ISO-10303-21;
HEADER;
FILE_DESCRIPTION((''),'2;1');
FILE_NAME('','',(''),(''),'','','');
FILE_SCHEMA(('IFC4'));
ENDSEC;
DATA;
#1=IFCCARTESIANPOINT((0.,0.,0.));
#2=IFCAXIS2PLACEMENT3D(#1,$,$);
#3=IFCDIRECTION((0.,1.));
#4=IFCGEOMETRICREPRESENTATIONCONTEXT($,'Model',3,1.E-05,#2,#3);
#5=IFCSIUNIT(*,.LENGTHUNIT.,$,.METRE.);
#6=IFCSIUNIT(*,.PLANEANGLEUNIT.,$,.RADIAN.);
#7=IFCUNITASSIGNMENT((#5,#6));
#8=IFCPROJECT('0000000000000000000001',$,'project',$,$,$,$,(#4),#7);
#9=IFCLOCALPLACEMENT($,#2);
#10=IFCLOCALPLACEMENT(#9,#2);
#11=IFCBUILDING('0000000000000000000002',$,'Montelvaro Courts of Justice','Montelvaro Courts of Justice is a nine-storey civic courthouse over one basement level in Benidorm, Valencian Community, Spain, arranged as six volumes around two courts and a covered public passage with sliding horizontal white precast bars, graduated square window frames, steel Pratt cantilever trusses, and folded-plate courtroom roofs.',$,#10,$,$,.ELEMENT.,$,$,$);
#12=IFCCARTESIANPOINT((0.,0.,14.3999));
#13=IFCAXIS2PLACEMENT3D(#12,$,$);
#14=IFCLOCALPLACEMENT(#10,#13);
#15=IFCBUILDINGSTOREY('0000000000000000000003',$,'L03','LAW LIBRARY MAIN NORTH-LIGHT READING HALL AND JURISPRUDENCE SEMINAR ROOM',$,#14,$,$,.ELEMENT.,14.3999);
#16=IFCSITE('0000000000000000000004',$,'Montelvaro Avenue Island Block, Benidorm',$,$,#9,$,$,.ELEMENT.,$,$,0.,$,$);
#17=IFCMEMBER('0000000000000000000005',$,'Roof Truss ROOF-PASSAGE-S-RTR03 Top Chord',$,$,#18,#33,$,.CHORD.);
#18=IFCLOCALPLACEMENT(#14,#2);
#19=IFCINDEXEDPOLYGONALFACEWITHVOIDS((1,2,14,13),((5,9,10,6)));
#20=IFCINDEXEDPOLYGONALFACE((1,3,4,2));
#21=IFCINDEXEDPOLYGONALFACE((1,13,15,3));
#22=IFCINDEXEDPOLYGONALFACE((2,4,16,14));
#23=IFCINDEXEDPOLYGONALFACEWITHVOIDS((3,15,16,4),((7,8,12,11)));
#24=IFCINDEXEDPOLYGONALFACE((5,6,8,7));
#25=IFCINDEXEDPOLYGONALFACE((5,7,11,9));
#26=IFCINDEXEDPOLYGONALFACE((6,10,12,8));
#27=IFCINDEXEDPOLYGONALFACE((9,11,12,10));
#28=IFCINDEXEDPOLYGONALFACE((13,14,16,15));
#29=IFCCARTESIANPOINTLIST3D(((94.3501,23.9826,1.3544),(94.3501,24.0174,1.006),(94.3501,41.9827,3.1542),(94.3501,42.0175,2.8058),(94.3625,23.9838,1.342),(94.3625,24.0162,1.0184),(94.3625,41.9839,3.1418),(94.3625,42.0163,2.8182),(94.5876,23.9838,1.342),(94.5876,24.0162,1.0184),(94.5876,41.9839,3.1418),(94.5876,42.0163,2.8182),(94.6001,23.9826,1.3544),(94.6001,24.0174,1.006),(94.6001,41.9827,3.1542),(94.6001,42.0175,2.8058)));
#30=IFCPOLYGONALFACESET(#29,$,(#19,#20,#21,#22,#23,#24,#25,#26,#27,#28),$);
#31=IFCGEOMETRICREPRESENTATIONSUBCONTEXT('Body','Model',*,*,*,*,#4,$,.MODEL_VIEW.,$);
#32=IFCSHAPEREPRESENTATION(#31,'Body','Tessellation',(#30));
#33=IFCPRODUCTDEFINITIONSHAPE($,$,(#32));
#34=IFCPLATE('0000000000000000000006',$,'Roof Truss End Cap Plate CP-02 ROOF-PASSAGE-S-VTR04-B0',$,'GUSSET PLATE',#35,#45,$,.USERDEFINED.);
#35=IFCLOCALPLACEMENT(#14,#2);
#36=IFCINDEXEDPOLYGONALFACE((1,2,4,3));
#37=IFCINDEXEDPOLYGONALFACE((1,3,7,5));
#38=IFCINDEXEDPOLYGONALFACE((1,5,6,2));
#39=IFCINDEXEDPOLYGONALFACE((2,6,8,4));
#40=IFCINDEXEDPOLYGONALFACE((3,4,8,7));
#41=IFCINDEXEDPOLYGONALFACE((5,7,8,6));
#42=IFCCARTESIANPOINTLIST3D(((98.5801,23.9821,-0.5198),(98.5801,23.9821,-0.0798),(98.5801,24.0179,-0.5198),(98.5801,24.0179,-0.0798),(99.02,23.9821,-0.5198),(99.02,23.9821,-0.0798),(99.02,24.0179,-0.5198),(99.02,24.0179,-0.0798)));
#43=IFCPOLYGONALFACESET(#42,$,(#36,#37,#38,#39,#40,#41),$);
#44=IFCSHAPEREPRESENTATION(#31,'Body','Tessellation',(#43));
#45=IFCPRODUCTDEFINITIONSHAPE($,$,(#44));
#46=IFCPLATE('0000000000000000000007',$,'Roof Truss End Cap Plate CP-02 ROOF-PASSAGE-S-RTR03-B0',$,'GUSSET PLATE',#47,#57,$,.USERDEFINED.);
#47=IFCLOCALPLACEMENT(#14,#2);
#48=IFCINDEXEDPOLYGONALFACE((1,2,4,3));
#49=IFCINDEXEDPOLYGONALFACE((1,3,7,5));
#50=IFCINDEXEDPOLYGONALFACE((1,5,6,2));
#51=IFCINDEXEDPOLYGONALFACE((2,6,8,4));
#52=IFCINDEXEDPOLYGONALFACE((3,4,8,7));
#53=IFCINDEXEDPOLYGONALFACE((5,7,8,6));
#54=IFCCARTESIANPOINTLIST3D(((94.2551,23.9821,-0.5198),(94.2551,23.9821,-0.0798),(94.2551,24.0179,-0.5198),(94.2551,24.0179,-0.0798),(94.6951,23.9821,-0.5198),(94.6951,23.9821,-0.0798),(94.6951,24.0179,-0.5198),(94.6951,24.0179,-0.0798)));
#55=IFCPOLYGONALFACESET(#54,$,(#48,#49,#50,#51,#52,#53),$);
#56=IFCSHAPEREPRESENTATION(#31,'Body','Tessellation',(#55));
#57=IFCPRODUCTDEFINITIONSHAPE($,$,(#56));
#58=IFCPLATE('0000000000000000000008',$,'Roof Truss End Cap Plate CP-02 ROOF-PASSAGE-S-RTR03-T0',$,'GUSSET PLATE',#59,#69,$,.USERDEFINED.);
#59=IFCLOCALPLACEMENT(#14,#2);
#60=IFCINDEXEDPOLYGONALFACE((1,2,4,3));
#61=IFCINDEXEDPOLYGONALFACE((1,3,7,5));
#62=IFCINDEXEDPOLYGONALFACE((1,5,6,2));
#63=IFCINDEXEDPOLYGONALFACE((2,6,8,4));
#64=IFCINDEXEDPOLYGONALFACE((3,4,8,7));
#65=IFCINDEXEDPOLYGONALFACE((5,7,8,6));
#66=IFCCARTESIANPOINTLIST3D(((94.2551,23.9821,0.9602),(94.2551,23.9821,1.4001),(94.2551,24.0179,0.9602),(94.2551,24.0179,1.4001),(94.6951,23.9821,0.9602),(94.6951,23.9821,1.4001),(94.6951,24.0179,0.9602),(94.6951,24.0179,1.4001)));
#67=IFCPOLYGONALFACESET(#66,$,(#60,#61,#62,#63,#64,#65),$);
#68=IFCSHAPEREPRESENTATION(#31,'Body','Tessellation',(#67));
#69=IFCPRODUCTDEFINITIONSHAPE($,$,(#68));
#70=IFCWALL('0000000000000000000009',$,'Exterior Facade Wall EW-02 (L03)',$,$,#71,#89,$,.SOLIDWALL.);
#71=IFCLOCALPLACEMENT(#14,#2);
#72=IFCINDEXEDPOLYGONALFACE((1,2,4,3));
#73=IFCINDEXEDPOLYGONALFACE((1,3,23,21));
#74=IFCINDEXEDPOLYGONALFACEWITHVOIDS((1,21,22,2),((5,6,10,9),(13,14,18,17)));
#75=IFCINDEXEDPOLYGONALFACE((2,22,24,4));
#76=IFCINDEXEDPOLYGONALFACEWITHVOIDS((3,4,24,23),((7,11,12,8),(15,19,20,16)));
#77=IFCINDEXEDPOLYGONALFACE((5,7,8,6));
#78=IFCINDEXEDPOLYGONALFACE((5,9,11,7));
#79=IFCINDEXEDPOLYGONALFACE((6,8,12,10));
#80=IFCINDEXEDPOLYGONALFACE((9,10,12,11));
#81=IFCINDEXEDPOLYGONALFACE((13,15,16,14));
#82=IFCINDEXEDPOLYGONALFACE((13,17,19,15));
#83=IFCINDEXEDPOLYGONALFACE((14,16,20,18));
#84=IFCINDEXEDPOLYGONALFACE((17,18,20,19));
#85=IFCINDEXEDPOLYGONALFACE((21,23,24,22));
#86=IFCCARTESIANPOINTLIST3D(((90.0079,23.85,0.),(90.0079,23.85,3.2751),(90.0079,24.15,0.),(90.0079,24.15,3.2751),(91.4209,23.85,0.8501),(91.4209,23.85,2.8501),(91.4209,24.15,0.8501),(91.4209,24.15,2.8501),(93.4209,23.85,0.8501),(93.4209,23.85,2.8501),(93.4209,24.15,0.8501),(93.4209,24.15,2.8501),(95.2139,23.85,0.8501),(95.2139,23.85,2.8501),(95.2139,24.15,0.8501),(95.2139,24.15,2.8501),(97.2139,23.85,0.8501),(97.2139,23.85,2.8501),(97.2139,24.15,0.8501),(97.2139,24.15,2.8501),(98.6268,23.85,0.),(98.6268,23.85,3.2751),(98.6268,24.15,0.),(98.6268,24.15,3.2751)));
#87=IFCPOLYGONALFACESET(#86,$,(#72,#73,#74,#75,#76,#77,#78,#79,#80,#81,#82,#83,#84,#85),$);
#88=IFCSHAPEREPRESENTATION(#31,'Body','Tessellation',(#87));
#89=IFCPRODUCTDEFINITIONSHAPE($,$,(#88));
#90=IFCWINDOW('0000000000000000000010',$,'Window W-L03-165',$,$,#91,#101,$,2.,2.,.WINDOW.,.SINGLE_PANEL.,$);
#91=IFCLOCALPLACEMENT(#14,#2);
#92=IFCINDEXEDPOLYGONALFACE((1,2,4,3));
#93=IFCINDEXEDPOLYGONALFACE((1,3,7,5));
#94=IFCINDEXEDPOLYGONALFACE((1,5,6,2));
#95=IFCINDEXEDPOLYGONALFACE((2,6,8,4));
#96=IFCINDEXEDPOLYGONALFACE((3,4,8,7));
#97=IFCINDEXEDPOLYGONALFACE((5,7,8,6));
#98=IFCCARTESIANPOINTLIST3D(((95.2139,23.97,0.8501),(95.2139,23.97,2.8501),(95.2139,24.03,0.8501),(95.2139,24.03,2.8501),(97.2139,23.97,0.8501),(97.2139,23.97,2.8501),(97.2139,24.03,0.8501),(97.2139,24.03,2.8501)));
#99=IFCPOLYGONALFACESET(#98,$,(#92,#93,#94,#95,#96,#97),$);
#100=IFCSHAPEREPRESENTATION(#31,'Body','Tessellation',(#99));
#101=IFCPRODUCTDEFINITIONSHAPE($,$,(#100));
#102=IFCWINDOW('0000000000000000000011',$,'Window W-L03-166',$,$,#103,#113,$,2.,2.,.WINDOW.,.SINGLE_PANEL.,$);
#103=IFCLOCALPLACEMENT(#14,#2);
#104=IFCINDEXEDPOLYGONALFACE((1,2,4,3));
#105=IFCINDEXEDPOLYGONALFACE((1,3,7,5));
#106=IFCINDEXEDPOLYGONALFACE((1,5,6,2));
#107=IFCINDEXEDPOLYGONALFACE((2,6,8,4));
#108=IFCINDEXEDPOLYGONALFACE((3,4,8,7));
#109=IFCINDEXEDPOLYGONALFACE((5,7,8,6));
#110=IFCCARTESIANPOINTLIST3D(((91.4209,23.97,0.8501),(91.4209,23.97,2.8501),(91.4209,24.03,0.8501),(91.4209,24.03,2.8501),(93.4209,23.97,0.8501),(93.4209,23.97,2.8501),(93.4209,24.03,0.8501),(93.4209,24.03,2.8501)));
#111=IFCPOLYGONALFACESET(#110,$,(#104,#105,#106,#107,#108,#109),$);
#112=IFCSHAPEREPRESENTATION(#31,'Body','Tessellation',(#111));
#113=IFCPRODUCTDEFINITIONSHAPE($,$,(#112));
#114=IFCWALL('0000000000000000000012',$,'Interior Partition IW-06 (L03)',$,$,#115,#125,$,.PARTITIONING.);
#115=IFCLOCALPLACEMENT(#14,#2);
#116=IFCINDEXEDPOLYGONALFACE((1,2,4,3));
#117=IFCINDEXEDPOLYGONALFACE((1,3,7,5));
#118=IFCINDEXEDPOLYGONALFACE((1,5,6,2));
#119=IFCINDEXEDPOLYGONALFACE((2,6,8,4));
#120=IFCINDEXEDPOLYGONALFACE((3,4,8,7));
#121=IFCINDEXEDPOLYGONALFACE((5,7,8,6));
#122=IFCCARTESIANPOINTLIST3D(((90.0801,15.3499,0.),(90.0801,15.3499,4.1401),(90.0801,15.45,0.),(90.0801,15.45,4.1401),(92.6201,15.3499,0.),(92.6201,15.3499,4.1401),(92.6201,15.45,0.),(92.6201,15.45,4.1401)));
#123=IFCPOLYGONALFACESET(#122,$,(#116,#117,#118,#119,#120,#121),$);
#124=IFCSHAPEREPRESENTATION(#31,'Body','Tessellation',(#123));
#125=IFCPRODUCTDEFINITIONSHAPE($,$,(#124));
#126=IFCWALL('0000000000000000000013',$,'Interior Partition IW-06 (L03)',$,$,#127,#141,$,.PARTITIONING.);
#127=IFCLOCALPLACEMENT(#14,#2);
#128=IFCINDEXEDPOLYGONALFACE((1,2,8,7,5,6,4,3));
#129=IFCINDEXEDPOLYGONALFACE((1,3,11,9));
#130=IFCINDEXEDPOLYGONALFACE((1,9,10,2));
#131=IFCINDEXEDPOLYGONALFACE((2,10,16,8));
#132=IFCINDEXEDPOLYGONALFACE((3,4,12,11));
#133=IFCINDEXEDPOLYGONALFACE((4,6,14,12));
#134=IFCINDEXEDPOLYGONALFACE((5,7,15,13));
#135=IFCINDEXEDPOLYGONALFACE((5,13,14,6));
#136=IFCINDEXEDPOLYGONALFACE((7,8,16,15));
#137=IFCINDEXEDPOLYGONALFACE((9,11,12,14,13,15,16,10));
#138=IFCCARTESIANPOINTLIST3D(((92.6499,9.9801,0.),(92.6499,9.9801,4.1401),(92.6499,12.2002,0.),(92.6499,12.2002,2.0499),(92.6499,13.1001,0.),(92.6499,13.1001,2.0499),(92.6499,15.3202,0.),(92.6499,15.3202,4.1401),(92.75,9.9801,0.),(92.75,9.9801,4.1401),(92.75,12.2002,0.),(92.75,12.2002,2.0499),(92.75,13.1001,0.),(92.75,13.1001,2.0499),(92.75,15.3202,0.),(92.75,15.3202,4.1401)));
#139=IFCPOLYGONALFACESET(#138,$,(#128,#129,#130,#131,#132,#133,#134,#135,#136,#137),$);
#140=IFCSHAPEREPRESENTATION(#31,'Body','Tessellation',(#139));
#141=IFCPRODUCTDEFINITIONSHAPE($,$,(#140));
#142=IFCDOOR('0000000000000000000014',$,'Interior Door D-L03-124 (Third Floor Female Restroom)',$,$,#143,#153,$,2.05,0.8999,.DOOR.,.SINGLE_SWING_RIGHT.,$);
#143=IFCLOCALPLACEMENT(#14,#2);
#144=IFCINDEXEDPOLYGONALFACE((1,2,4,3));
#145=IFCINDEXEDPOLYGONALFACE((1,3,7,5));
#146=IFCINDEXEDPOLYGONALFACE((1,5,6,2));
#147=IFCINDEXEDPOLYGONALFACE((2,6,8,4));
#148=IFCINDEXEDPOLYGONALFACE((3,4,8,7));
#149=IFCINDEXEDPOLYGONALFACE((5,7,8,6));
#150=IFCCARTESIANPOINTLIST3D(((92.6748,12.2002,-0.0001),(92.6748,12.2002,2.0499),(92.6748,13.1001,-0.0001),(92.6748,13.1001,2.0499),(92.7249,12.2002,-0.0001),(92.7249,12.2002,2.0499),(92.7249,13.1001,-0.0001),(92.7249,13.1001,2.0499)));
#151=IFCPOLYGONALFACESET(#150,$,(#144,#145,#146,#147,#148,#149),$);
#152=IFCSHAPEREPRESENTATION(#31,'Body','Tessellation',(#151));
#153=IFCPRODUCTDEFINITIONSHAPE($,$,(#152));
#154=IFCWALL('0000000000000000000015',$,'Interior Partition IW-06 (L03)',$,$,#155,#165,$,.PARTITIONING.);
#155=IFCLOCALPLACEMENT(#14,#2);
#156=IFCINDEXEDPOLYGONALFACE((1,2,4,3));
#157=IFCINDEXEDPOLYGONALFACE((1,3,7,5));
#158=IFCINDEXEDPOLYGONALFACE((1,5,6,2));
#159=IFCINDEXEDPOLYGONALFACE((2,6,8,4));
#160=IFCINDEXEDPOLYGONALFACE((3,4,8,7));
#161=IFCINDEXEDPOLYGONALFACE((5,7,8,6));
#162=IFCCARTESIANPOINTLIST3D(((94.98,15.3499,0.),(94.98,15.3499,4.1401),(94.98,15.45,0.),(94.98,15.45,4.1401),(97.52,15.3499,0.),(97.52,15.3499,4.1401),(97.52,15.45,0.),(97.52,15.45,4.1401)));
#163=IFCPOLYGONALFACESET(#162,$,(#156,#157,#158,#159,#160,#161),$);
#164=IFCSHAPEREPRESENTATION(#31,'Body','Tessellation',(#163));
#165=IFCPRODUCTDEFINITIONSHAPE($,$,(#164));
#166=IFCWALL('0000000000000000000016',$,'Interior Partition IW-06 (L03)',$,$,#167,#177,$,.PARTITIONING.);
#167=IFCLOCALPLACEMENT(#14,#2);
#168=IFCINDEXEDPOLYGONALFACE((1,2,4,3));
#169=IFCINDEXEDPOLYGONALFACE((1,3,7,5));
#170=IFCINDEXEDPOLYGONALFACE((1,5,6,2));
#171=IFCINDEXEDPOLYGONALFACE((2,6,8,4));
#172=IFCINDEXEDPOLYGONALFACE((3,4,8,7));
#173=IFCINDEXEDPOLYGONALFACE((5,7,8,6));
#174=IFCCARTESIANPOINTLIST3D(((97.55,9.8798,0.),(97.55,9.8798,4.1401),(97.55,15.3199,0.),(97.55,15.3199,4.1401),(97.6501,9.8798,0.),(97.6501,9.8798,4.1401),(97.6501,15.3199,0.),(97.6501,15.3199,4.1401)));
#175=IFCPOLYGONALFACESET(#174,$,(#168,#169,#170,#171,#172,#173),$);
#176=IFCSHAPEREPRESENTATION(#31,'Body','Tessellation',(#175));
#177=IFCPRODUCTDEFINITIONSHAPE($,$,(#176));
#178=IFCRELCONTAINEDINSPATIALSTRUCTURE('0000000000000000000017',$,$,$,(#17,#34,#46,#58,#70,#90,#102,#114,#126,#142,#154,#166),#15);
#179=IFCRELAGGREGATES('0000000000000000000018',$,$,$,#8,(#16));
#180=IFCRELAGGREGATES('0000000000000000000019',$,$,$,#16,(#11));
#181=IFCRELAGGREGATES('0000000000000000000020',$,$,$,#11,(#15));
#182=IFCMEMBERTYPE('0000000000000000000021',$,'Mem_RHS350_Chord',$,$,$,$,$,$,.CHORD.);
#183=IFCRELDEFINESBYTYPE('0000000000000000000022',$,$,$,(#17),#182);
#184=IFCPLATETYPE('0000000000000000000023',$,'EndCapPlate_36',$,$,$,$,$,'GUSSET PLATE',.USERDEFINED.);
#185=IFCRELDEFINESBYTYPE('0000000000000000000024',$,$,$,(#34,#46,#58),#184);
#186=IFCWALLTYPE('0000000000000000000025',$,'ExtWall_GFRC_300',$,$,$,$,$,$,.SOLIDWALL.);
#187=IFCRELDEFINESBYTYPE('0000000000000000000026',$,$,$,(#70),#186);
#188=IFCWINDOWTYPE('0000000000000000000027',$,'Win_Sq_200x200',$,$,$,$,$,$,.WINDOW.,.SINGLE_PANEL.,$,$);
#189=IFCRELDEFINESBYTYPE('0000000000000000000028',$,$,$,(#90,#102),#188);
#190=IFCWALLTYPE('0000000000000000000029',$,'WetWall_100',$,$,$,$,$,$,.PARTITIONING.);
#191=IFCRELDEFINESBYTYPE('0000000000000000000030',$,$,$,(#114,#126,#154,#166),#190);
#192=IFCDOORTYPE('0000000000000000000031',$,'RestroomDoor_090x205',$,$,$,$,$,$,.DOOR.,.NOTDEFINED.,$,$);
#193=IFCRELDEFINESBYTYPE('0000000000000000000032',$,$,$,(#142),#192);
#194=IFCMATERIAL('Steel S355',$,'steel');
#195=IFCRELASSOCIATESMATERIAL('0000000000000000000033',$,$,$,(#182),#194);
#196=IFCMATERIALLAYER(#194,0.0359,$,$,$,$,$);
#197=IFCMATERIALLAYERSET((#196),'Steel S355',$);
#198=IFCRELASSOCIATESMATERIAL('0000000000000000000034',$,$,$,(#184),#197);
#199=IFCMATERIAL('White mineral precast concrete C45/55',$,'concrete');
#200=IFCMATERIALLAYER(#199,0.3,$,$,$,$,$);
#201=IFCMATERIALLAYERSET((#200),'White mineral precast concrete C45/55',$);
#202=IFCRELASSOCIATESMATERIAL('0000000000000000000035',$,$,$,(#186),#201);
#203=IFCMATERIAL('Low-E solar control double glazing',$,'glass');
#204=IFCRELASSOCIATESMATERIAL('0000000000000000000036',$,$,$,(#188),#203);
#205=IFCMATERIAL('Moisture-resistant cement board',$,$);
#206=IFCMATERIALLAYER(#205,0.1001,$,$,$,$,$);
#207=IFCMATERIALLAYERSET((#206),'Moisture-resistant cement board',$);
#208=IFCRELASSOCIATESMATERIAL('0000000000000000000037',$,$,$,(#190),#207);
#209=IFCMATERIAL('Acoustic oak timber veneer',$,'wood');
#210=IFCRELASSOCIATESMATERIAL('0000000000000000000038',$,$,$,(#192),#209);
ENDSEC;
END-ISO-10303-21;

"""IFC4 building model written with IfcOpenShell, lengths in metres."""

from ifc_helpers import new_model, si_unit, direction, frame, frame_2d, origin, origin_2d, place, context, subcontext, project, spatial, rectangle, hollow_rectangle, extrude, material, layer, layer_set, material_profile, profile_set, type_object, element, fill, save


model = new_model("IFC4")

# Units and contexts
model_context = context("Model", 3, precision=1e-05, world=origin(), true_north=direction((0.0, 1.0)))
body_context = subcontext(model_context, "Body", "Model", "MODEL_VIEW")
ifc_project = project(units=[si_unit("LENGTHUNIT", "METRE"), si_unit("PLANEANGLEUNIT", "RADIAN")], contexts=[model_context])

# Site, building, storey
site_placement = place(None, origin())
site = spatial("IfcSite", under=ifc_project, at=site_placement, Name="Montelvaro Avenue Island Block, Benidorm", CompositionType="ELEMENT", RefElevation=0.0)
building_placement = place(site_placement, origin())
building = spatial("IfcBuilding", under=site, at=building_placement, Name="Montelvaro Courts of Justice", Description="Montelvaro Courts of Justice is a nine-storey civic courthouse over one basement level in Benidorm, Valencian Community, Spain, arranged as six volumes around two courts and a covered public passage with sliding horizontal white precast bars, graduated square window frames, steel Pratt cantilever trusses, and folded-plate courtroom roofs.", CompositionType="ELEMENT")
storey_placement = place(building_placement, frame((0.0, 0.0, 14.3999)))
storey = spatial("IfcBuildingStorey", under=building, at=storey_placement, Name="L03", Description="LAW LIBRARY MAIN NORTH-LIGHT READING HALL AND JURISPRUDENCE SEMINAR ROOM", CompositionType="ELEMENT", Elevation=14.3999)

# Shared definitions
ifc_material_1 = material(Name="Steel S355", Category="steel")

# Member
ifc_material_profile_1 = material_profile(ifc_material_1, hollow_rectangle(XDim=0.25, YDim=0.3501, WallThickness=0.0125, at=origin_2d()), Name="RHS 350x250x12.5")
ifc_profile_set_1 = profile_set([ifc_material_profile_1], Name="Steel S355")
member_type_1 = type_object("IfcMemberType", Name="Mem_RHS350_Chord", PredefinedType="CHORD", material=ifc_profile_set_1)
for number, where, z_axis, x_axis, name in (
    (1, (94.4751, 24.0, 1.1802), (0.0, 0.995038, 0.099493), (-1.0, 0.0, 0.0), "Roof Truss ROOF-PASSAGE-S-RTR03 Top Chord"),
):
    element("IfcMember", number, at=place(storey_placement, frame(where, z_axis=z_axis, x_axis=x_axis)), inside=storey, type_object=member_type_1, Name=name, PredefinedType="CHORD", context=body_context, shape_type="SweptSolid", body=[
        extrude(hollow_rectangle(XDim=0.25, YDim=0.3501, WallThickness=0.0125, at=origin_2d()), origin(), (0.0, 0.0, 1.0), 18.0898),
    ])

# Plates
ifc_layer_1 = layer(ifc_material_1, 0.0359)
ifc_layer_set_1 = layer_set([ifc_layer_1], Name="Steel S355")
plate_type = type_object("IfcPlateType", Name="EndCapPlate_36", ElementType="GUSSET PLATE", PredefinedType="USERDEFINED", material=ifc_layer_set_1)
for number, where, z_axis, x_axis, name in (
    (2, (98.8, 24.0, -0.5198), (0.0, 0.0, 1.0), (1.0, 0.0, 0.0), "Roof Truss End Cap Plate CP-02 ROOF-PASSAGE-S-VTR04-B0"),
    (3, (94.4751, 24.0, -0.5198), (0.0, 0.0, 1.0), (1.0, 0.0, 0.0), "Roof Truss End Cap Plate CP-02 ROOF-PASSAGE-S-RTR03-B0"),
    (4, (94.4751, 24.0, 0.9602), (0.0, 0.0, 1.0), (1.0, 0.0, 0.0), "Roof Truss End Cap Plate CP-02 ROOF-PASSAGE-S-RTR03-T0"),
):
    element("IfcPlate", number, at=place(storey_placement, frame(where, z_axis=z_axis, x_axis=x_axis)), inside=storey, type_object=plate_type, Name=name, ObjectType="GUSSET PLATE", PredefinedType="USERDEFINED", context=body_context, shape_type="SweptSolid", body=[
        extrude(rectangle(XDim=0.4399, YDim=0.0359, at=origin_2d()), origin(), (0.0, 0.0, 1.0), 0.4399),
    ])

# Wall, openings, windows
ifc_material_2 = material(Name="White mineral precast concrete C45/55", Category="concrete")
ifc_layer_2 = layer(ifc_material_2, 0.3)
ifc_layer_set_2 = layer_set([ifc_layer_2], Name="White mineral precast concrete C45/55")
wall_type_1 = type_object("IfcWallType", Name="ExtWall_GFRC_300", PredefinedType="SOLIDWALL", material=ifc_layer_set_2)
wall_1_placement = place(storey_placement, frame((98.627, 24.0, 0.0), z_axis=(0.0, 0.0, 1.0), x_axis=(-1.0, 0.0, 0.0)))
wall_1 = element("IfcWall", 5, at=wall_1_placement, inside=storey, type_object=wall_type_1, Name="Exterior Facade Wall EW-02 (L03)", PredefinedType="SOLIDWALL", context=body_context, shape_type="SweptSolid", body=[
    extrude(rectangle(XDim=8.6189, YDim=0.3, at=frame_2d((4.3096, 0.0))), origin(), (0.0, 0.0, 1.0), 3.2751),
])
opening_1_placement = place(wall_1_placement, frame((1.4131, 0.0, 0.8501)))
opening_1 = element("IfcOpeningElement", 6, at=opening_1_placement, cuts=wall_1, PredefinedType="OPENING", context=body_context, shape_type="SweptSolid", body=[
    extrude(rectangle(XDim=2.0, YDim=2.0, at=frame_2d((1.0, 1.0))), frame((0.0, 0.165, 0.0), z_axis=(0.0, -1.0, 0.0), x_axis=(1.0, 0.0, 0.0)), (0.0, 0.0, 1.0), 0.3298),
])
opening_2_placement = place(wall_1_placement, frame((5.2061, 0.0, 0.8501)))
opening_2 = element("IfcOpeningElement", 7, at=opening_2_placement, cuts=wall_1, PredefinedType="OPENING", context=body_context, shape_type="SweptSolid", body=[
    extrude(rectangle(XDim=2.0, YDim=2.0, at=frame_2d((1.0, 1.0))), frame((0.0, 0.165, 0.0), z_axis=(0.0, -1.0, 0.0), x_axis=(1.0, 0.0, 0.0)), (0.0, 0.0, 1.0), 0.3298),
])
ifc_material_3 = material(Name="Low-E solar control double glazing", Category="glass")
window_type = type_object("IfcWindowType", Name="Win_Sq_200x200", PartitioningType="SINGLE_PANEL", PredefinedType="WINDOW", material=ifc_material_3)
window_1_placement = place(opening_1_placement, origin())
window_1 = element("IfcWindow", 8, at=window_1_placement, inside=storey, type_object=window_type, Name="Window W-L03-165", OverallHeight=2.0, OverallWidth=2.0, PartitioningType="SINGLE_PANEL", PredefinedType="WINDOW", context=body_context, shape_type="SweptSolid", body=[
    extrude(rectangle(XDim=2.0, YDim=2.0, at=frame_2d((1.0, 1.0))), frame((0.0, 0.03, 0.0), z_axis=(0.0, -1.0, 0.0), x_axis=(1.0, 0.0, 0.0)), (0.0, 0.0, 1.0), 0.0601),
])
fill(opening_1, window_1)
window_2_placement = place(opening_2_placement, origin())
window_2 = element("IfcWindow", 9, at=window_2_placement, inside=storey, type_object=window_type, Name="Window W-L03-166", OverallHeight=2.0, OverallWidth=2.0, PartitioningType="SINGLE_PANEL", PredefinedType="WINDOW", context=body_context, shape_type="SweptSolid", body=[
    extrude(rectangle(XDim=2.0, YDim=2.0, at=frame_2d((1.0, 1.0))), frame((0.0, 0.03, 0.0), z_axis=(0.0, -1.0, 0.0), x_axis=(1.0, 0.0, 0.0)), (0.0, 0.0, 1.0), 0.0601),
])
fill(opening_2, window_2)

# Wall
ifc_material_4 = material(Name="Moisture-resistant cement board")
ifc_layer_3 = layer(ifc_material_4, 0.1001)
ifc_layer_set_3 = layer_set([ifc_layer_3], Name="Moisture-resistant cement board")
wall_type_2 = type_object("IfcWallType", Name="WetWall_100", PredefinedType="PARTITIONING", material=ifc_layer_set_3)
wall_2_placement = place(storey_placement, frame((90.0801, 15.3999, 0.0), z_axis=(0.0, 0.0, 1.0), x_axis=(1.0, 0.0, 0.0)))
element("IfcWall", 10, at=wall_2_placement, inside=storey, type_object=wall_type_2, Name="Interior Partition IW-06 (L03)", PredefinedType="PARTITIONING", context=body_context, shape_type="SweptSolid", body=[
    extrude(rectangle(XDim=2.54, YDim=0.1001, at=frame_2d((1.27, 0.0))), origin(), (0.0, 0.0, 1.0), 4.1401),
])

# Wall, opening, door
wall_3_placement = place(storey_placement, frame((92.7, 15.3201, 0.0), z_axis=(0.0, 0.0, 1.0), x_axis=(0.0, -1.0, 0.0)))
wall_3 = element("IfcWall", 11, at=wall_3_placement, inside=storey, type_object=wall_type_2, Name="Interior Partition IW-06 (L03)", PredefinedType="PARTITIONING", context=body_context, shape_type="SweptSolid", body=[
    extrude(rectangle(XDim=5.3401, YDim=0.1001, at=frame_2d((2.6699, 0.0))), origin(), (0.0, 0.0, 1.0), 4.1401),
])
opening_3_placement = place(wall_3_placement, frame((2.22, 0.0, 0.0)))
opening_3 = element("IfcOpeningElement", 12, at=opening_3_placement, cuts=wall_3, PredefinedType="OPENING", context=body_context, shape_type="SweptSolid", body=[
    extrude(rectangle(XDim=0.8999, YDim=2.05, at=frame_2d((0.45, 1.0249))), frame((0.0, 0.0649, 0.0), z_axis=(0.0, -1.0, 0.0), x_axis=(1.0, 0.0, 0.0)), (0.0, 0.0, 1.0), 0.1299),
])
ifc_material_5 = material(Name="Acoustic oak timber veneer", Category="wood")
door_type = type_object("IfcDoorType", Name="RestroomDoor_090x205", OperationType="NOTDEFINED", PredefinedType="DOOR", material=ifc_material_5)
door_placement = place(opening_3_placement, origin())
door = element("IfcDoor", 13, at=door_placement, inside=storey, type_object=door_type, Name="Interior Door D-L03-124 (Third Floor Female Restroom)", OperationType="SINGLE_SWING_RIGHT", OverallHeight=2.05, OverallWidth=0.8999, PredefinedType="DOOR", context=body_context, shape_type="SweptSolid", body=[
    extrude(rectangle(XDim=0.8999, YDim=2.05, at=frame_2d((0.45, 1.0249))), frame((0.0, 0.0249, 0.0), z_axis=(0.0, -1.0, 0.0), x_axis=(1.0, 0.0, 0.0)), (0.0, 0.0, 1.0), 0.05),
])
fill(opening_3, door)

# Walls
wall_4_placement = place(storey_placement, frame((94.98, 15.3999, 0.0), z_axis=(0.0, 0.0, 1.0), x_axis=(1.0, 0.0, 0.0)))
element("IfcWall", 14, at=wall_4_placement, inside=storey, type_object=wall_type_2, Name="Interior Partition IW-06 (L03)", PredefinedType="PARTITIONING", context=body_context, shape_type="SweptSolid", body=[
    extrude(rectangle(XDim=2.54, YDim=0.1001, at=frame_2d((1.27, 0.0))), origin(), (0.0, 0.0, 1.0), 4.1401),
])
wall_5_placement = place(storey_placement, frame((97.6001, 15.3201, 0.0), z_axis=(0.0, 0.0, 1.0), x_axis=(0.0, -1.0, 0.0)))
element("IfcWall", 15, at=wall_5_placement, inside=storey, type_object=wall_type_2, Name="Interior Partition IW-06 (L03)", PredefinedType="PARTITIONING", context=body_context, shape_type="SweptSolid", body=[
    extrude(rectangle(XDim=5.4402, YDim=0.1001, at=frame_2d((2.7202, 0.0))), origin(), (0.0, 0.0, 1.0), 4.1401),
])

save(model, "model.ifc")
